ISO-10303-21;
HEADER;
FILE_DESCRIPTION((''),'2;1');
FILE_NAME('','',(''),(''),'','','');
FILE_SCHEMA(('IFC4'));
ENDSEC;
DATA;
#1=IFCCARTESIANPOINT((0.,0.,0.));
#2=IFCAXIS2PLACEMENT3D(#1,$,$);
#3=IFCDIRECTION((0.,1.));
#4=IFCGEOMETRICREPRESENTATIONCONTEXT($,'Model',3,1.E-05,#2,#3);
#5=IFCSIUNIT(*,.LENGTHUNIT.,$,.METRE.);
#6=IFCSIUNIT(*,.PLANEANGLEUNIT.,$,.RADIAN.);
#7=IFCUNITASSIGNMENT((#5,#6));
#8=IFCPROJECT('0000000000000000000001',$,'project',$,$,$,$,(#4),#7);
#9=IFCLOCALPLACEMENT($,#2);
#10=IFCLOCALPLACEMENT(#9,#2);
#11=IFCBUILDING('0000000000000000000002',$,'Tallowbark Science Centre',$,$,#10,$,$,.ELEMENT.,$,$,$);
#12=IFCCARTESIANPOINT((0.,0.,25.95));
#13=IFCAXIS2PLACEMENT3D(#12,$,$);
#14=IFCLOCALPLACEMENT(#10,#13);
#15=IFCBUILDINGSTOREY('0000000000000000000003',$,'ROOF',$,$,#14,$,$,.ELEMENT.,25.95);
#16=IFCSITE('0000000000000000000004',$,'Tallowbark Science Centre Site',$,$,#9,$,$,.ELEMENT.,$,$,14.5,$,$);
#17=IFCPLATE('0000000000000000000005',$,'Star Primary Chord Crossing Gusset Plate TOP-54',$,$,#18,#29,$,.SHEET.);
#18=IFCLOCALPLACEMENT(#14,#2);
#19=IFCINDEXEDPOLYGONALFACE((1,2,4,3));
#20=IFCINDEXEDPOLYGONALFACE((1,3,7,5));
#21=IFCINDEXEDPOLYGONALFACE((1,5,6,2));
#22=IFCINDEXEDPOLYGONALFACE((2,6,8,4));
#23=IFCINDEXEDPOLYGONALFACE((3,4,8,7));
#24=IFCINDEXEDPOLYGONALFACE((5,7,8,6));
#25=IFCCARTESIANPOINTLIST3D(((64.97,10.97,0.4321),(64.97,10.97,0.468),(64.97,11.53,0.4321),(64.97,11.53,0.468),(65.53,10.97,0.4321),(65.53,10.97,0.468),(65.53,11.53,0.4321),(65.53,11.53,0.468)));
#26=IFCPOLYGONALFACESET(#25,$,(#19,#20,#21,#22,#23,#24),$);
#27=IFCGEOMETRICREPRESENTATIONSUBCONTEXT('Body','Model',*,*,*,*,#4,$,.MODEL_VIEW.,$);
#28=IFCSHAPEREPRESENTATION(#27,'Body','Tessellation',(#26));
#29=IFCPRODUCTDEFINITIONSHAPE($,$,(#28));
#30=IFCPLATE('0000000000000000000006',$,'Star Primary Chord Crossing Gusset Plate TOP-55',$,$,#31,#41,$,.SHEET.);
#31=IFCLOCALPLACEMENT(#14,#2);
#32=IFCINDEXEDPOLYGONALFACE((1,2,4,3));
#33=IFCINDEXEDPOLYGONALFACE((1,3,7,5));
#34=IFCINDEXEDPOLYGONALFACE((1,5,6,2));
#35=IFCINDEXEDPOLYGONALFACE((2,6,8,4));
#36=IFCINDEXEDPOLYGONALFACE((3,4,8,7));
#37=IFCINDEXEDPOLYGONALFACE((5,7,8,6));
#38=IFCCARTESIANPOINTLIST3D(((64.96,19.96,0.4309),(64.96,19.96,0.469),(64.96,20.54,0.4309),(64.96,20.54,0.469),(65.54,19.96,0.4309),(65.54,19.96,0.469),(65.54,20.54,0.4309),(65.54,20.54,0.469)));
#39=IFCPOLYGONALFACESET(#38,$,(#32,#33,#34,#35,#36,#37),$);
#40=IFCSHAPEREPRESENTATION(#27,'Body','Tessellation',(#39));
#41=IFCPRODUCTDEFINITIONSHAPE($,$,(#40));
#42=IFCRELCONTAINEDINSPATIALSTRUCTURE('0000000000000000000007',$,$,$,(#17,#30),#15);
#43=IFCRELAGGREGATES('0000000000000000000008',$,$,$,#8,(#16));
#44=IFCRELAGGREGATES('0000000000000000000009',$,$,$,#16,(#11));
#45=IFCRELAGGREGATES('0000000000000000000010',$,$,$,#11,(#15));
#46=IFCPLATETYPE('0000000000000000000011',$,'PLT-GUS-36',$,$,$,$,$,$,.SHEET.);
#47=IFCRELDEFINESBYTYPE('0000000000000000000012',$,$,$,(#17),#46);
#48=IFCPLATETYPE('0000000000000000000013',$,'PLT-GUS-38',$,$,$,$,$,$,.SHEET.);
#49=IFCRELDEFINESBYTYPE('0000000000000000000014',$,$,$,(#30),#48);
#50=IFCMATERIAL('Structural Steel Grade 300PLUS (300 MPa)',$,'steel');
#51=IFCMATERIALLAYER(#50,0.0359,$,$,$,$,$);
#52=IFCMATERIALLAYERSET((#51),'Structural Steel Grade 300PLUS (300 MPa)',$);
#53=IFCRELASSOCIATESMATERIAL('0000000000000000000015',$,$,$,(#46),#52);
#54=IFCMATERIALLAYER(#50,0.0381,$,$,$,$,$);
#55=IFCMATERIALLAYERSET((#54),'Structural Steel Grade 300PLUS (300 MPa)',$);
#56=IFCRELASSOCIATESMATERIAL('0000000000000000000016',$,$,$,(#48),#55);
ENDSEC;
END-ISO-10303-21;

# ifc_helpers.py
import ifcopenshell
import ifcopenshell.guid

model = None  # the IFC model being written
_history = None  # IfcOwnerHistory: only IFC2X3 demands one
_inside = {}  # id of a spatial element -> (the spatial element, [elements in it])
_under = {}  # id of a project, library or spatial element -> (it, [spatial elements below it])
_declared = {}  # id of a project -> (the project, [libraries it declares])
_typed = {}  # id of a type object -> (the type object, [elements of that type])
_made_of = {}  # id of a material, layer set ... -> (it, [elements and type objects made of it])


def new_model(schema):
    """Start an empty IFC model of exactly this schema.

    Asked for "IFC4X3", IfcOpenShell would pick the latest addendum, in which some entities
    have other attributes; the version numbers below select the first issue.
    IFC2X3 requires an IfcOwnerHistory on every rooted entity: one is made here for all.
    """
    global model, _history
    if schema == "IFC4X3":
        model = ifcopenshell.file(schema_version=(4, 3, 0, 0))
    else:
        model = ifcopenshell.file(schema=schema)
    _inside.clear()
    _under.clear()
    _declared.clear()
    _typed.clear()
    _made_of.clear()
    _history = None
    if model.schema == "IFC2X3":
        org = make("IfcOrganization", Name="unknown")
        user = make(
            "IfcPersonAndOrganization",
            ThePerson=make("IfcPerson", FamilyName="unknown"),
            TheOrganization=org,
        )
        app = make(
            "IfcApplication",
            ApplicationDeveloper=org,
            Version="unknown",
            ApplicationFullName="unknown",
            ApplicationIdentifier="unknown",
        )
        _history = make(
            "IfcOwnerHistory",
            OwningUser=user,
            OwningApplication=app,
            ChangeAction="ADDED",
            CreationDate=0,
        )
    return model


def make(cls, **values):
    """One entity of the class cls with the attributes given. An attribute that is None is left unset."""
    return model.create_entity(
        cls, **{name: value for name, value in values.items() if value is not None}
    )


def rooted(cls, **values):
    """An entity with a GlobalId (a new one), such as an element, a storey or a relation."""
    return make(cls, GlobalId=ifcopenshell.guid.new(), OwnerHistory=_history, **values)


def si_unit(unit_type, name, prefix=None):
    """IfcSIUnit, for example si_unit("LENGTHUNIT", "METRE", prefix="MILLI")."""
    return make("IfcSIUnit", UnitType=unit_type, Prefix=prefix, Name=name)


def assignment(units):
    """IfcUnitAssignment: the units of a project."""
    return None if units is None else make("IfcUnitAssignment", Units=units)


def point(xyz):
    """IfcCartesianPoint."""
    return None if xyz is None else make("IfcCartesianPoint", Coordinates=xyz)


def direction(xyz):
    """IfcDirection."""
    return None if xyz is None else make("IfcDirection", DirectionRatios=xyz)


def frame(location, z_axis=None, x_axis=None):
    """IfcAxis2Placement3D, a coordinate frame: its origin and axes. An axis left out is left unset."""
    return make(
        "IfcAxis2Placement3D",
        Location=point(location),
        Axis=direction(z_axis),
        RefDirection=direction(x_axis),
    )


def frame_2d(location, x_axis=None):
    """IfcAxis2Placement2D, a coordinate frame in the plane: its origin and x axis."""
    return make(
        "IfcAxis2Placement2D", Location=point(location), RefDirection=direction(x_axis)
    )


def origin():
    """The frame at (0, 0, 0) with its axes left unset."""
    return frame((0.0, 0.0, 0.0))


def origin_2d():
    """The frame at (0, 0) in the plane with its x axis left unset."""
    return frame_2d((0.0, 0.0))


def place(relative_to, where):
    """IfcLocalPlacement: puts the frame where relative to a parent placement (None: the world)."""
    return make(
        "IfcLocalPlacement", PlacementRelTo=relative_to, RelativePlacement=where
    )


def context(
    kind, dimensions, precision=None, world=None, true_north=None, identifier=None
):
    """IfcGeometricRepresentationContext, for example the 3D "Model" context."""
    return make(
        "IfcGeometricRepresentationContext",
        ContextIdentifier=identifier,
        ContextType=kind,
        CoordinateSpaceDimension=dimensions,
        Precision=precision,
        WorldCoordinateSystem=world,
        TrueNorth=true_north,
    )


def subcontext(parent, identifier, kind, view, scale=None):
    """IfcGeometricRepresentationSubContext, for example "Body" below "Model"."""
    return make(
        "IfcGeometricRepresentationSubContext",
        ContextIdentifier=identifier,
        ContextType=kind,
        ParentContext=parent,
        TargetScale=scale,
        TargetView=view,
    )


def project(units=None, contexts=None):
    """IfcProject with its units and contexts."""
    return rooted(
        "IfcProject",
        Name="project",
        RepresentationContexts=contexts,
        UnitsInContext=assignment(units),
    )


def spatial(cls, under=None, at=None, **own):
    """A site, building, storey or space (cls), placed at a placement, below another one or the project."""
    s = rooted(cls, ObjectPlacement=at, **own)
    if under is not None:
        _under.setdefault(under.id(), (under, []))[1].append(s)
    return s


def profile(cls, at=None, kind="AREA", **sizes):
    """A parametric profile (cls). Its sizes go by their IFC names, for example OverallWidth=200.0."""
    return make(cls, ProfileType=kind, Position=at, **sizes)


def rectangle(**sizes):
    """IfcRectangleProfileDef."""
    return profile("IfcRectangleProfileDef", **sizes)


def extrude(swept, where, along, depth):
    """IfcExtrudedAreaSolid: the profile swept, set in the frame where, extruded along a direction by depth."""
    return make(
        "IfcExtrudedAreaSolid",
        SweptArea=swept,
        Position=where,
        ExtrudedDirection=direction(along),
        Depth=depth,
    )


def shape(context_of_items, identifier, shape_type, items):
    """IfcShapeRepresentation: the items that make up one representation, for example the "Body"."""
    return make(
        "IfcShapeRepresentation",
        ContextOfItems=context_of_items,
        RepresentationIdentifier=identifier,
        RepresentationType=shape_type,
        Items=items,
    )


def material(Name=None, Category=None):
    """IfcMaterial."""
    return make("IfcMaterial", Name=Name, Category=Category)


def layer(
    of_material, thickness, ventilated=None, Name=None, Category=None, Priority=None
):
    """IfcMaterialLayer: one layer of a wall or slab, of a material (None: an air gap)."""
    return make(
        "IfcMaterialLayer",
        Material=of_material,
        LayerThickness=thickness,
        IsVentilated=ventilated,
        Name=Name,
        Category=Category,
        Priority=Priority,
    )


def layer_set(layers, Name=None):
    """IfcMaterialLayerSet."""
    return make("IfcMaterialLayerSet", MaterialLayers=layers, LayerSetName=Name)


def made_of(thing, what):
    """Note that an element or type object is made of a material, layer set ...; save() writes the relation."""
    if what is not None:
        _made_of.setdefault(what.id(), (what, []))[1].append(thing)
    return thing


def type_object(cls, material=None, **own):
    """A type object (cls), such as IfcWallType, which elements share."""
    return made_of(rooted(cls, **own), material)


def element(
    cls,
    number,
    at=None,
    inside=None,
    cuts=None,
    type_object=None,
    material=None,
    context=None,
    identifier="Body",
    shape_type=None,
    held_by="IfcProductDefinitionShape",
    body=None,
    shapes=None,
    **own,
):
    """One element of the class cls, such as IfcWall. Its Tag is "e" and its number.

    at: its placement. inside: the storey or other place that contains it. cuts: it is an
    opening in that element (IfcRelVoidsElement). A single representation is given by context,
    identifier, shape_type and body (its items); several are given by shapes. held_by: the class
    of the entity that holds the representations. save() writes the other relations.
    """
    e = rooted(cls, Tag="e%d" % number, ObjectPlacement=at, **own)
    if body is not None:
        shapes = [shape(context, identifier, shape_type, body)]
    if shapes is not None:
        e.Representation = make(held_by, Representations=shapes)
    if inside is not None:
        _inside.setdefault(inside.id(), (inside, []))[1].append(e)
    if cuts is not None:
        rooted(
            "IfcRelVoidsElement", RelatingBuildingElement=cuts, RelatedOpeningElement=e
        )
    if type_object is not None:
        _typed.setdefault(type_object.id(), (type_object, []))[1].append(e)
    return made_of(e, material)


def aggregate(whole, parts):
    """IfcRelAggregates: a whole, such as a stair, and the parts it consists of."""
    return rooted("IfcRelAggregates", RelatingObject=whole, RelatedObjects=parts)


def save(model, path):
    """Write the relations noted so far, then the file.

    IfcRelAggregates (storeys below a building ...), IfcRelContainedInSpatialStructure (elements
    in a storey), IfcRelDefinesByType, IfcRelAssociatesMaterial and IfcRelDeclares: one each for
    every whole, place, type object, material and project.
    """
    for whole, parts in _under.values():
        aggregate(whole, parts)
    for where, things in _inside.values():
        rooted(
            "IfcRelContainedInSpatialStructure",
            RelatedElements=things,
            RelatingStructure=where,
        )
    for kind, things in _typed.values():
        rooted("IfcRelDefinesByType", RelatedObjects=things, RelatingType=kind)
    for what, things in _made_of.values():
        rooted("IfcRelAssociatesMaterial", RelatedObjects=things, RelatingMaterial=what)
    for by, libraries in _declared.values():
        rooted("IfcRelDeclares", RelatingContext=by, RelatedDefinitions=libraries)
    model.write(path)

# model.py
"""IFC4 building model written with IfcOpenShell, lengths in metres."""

from ifc_helpers import new_model, si_unit, direction, frame, origin, origin_2d, place, context, subcontext, project, spatial, rectangle, extrude, material, layer, layer_set, type_object, element, save


model = new_model("IFC4")

# Units and contexts
model_context = context("Model", 3, precision=1e-05, world=origin(), true_north=direction((0.0, 1.0)))
body_context = subcontext(model_context, "Body", "Model", "MODEL_VIEW")
ifc_project = project(units=[si_unit("LENGTHUNIT", "METRE"), si_unit("PLANEANGLEUNIT", "RADIAN")], contexts=[model_context])

# Site, building, storey
site_placement = place(None, origin())
site = spatial("IfcSite", under=ifc_project, at=site_placement, Name="Tallowbark Science Centre Site", CompositionType="ELEMENT", RefElevation=14.5)
building_placement = place(site_placement, origin())
building = spatial("IfcBuilding", under=site, at=building_placement, Name="Tallowbark Science Centre", CompositionType="ELEMENT")
storey_placement = place(building_placement, frame((0.0, 0.0, 25.95)))
storey = spatial("IfcBuildingStorey", under=building, at=storey_placement, Name="ROOF", CompositionType="ELEMENT", Elevation=25.95)

# Plates
ifc_material_1 = material(Name="Structural Steel Grade 300PLUS (300 MPa)", Category="steel")
ifc_layer_1 = layer(ifc_material_1, 0.0359)
ifc_layer_set_1 = layer_set([ifc_layer_1], Name="Structural Steel Grade 300PLUS (300 MPa)")
plate_type_1 = type_object("IfcPlateType", Name="PLT-GUS-36", PredefinedType="SHEET", material=ifc_layer_set_1)
plate_1_placement = place(storey_placement, frame((65.25, 11.25, 0.4321), z_axis=(0.0, 0.0, 1.0), x_axis=(1.0, 0.0, 0.0)))
element("IfcPlate", 1, at=plate_1_placement, inside=storey, type_object=plate_type_1, Name="Star Primary Chord Crossing Gusset Plate TOP-54", PredefinedType="SHEET", context=body_context, shape_type="SweptSolid", body=[
    extrude(rectangle(XDim=0.5601, YDim=0.5601, at=origin_2d()), origin(), (0.0, 0.0, 1.0), 0.0359),
])
ifc_layer_2 = layer(ifc_material_1, 0.0381)
ifc_layer_set_2 = layer_set([ifc_layer_2], Name="Structural Steel Grade 300PLUS (300 MPa)")
plate_type_2 = type_object("IfcPlateType", Name="PLT-GUS-38", PredefinedType="SHEET", material=ifc_layer_set_2)
plate_2_placement = place(storey_placement, frame((65.25, 20.25, 0.4309), z_axis=(0.0, 0.0, 1.0), x_axis=(1.0, 0.0, 0.0)))
element("IfcPlate", 2, at=plate_2_placement, inside=storey, type_object=plate_type_2, Name="Star Primary Chord Crossing Gusset Plate TOP-55", PredefinedType="SHEET", context=body_context, shape_type="SweptSolid", body=[
    extrude(rectangle(XDim=0.5801, YDim=0.5801, at=origin_2d()), origin(), (0.0, 0.0, 1.0), 0.0381),
])

save(model, "model.ifc")
